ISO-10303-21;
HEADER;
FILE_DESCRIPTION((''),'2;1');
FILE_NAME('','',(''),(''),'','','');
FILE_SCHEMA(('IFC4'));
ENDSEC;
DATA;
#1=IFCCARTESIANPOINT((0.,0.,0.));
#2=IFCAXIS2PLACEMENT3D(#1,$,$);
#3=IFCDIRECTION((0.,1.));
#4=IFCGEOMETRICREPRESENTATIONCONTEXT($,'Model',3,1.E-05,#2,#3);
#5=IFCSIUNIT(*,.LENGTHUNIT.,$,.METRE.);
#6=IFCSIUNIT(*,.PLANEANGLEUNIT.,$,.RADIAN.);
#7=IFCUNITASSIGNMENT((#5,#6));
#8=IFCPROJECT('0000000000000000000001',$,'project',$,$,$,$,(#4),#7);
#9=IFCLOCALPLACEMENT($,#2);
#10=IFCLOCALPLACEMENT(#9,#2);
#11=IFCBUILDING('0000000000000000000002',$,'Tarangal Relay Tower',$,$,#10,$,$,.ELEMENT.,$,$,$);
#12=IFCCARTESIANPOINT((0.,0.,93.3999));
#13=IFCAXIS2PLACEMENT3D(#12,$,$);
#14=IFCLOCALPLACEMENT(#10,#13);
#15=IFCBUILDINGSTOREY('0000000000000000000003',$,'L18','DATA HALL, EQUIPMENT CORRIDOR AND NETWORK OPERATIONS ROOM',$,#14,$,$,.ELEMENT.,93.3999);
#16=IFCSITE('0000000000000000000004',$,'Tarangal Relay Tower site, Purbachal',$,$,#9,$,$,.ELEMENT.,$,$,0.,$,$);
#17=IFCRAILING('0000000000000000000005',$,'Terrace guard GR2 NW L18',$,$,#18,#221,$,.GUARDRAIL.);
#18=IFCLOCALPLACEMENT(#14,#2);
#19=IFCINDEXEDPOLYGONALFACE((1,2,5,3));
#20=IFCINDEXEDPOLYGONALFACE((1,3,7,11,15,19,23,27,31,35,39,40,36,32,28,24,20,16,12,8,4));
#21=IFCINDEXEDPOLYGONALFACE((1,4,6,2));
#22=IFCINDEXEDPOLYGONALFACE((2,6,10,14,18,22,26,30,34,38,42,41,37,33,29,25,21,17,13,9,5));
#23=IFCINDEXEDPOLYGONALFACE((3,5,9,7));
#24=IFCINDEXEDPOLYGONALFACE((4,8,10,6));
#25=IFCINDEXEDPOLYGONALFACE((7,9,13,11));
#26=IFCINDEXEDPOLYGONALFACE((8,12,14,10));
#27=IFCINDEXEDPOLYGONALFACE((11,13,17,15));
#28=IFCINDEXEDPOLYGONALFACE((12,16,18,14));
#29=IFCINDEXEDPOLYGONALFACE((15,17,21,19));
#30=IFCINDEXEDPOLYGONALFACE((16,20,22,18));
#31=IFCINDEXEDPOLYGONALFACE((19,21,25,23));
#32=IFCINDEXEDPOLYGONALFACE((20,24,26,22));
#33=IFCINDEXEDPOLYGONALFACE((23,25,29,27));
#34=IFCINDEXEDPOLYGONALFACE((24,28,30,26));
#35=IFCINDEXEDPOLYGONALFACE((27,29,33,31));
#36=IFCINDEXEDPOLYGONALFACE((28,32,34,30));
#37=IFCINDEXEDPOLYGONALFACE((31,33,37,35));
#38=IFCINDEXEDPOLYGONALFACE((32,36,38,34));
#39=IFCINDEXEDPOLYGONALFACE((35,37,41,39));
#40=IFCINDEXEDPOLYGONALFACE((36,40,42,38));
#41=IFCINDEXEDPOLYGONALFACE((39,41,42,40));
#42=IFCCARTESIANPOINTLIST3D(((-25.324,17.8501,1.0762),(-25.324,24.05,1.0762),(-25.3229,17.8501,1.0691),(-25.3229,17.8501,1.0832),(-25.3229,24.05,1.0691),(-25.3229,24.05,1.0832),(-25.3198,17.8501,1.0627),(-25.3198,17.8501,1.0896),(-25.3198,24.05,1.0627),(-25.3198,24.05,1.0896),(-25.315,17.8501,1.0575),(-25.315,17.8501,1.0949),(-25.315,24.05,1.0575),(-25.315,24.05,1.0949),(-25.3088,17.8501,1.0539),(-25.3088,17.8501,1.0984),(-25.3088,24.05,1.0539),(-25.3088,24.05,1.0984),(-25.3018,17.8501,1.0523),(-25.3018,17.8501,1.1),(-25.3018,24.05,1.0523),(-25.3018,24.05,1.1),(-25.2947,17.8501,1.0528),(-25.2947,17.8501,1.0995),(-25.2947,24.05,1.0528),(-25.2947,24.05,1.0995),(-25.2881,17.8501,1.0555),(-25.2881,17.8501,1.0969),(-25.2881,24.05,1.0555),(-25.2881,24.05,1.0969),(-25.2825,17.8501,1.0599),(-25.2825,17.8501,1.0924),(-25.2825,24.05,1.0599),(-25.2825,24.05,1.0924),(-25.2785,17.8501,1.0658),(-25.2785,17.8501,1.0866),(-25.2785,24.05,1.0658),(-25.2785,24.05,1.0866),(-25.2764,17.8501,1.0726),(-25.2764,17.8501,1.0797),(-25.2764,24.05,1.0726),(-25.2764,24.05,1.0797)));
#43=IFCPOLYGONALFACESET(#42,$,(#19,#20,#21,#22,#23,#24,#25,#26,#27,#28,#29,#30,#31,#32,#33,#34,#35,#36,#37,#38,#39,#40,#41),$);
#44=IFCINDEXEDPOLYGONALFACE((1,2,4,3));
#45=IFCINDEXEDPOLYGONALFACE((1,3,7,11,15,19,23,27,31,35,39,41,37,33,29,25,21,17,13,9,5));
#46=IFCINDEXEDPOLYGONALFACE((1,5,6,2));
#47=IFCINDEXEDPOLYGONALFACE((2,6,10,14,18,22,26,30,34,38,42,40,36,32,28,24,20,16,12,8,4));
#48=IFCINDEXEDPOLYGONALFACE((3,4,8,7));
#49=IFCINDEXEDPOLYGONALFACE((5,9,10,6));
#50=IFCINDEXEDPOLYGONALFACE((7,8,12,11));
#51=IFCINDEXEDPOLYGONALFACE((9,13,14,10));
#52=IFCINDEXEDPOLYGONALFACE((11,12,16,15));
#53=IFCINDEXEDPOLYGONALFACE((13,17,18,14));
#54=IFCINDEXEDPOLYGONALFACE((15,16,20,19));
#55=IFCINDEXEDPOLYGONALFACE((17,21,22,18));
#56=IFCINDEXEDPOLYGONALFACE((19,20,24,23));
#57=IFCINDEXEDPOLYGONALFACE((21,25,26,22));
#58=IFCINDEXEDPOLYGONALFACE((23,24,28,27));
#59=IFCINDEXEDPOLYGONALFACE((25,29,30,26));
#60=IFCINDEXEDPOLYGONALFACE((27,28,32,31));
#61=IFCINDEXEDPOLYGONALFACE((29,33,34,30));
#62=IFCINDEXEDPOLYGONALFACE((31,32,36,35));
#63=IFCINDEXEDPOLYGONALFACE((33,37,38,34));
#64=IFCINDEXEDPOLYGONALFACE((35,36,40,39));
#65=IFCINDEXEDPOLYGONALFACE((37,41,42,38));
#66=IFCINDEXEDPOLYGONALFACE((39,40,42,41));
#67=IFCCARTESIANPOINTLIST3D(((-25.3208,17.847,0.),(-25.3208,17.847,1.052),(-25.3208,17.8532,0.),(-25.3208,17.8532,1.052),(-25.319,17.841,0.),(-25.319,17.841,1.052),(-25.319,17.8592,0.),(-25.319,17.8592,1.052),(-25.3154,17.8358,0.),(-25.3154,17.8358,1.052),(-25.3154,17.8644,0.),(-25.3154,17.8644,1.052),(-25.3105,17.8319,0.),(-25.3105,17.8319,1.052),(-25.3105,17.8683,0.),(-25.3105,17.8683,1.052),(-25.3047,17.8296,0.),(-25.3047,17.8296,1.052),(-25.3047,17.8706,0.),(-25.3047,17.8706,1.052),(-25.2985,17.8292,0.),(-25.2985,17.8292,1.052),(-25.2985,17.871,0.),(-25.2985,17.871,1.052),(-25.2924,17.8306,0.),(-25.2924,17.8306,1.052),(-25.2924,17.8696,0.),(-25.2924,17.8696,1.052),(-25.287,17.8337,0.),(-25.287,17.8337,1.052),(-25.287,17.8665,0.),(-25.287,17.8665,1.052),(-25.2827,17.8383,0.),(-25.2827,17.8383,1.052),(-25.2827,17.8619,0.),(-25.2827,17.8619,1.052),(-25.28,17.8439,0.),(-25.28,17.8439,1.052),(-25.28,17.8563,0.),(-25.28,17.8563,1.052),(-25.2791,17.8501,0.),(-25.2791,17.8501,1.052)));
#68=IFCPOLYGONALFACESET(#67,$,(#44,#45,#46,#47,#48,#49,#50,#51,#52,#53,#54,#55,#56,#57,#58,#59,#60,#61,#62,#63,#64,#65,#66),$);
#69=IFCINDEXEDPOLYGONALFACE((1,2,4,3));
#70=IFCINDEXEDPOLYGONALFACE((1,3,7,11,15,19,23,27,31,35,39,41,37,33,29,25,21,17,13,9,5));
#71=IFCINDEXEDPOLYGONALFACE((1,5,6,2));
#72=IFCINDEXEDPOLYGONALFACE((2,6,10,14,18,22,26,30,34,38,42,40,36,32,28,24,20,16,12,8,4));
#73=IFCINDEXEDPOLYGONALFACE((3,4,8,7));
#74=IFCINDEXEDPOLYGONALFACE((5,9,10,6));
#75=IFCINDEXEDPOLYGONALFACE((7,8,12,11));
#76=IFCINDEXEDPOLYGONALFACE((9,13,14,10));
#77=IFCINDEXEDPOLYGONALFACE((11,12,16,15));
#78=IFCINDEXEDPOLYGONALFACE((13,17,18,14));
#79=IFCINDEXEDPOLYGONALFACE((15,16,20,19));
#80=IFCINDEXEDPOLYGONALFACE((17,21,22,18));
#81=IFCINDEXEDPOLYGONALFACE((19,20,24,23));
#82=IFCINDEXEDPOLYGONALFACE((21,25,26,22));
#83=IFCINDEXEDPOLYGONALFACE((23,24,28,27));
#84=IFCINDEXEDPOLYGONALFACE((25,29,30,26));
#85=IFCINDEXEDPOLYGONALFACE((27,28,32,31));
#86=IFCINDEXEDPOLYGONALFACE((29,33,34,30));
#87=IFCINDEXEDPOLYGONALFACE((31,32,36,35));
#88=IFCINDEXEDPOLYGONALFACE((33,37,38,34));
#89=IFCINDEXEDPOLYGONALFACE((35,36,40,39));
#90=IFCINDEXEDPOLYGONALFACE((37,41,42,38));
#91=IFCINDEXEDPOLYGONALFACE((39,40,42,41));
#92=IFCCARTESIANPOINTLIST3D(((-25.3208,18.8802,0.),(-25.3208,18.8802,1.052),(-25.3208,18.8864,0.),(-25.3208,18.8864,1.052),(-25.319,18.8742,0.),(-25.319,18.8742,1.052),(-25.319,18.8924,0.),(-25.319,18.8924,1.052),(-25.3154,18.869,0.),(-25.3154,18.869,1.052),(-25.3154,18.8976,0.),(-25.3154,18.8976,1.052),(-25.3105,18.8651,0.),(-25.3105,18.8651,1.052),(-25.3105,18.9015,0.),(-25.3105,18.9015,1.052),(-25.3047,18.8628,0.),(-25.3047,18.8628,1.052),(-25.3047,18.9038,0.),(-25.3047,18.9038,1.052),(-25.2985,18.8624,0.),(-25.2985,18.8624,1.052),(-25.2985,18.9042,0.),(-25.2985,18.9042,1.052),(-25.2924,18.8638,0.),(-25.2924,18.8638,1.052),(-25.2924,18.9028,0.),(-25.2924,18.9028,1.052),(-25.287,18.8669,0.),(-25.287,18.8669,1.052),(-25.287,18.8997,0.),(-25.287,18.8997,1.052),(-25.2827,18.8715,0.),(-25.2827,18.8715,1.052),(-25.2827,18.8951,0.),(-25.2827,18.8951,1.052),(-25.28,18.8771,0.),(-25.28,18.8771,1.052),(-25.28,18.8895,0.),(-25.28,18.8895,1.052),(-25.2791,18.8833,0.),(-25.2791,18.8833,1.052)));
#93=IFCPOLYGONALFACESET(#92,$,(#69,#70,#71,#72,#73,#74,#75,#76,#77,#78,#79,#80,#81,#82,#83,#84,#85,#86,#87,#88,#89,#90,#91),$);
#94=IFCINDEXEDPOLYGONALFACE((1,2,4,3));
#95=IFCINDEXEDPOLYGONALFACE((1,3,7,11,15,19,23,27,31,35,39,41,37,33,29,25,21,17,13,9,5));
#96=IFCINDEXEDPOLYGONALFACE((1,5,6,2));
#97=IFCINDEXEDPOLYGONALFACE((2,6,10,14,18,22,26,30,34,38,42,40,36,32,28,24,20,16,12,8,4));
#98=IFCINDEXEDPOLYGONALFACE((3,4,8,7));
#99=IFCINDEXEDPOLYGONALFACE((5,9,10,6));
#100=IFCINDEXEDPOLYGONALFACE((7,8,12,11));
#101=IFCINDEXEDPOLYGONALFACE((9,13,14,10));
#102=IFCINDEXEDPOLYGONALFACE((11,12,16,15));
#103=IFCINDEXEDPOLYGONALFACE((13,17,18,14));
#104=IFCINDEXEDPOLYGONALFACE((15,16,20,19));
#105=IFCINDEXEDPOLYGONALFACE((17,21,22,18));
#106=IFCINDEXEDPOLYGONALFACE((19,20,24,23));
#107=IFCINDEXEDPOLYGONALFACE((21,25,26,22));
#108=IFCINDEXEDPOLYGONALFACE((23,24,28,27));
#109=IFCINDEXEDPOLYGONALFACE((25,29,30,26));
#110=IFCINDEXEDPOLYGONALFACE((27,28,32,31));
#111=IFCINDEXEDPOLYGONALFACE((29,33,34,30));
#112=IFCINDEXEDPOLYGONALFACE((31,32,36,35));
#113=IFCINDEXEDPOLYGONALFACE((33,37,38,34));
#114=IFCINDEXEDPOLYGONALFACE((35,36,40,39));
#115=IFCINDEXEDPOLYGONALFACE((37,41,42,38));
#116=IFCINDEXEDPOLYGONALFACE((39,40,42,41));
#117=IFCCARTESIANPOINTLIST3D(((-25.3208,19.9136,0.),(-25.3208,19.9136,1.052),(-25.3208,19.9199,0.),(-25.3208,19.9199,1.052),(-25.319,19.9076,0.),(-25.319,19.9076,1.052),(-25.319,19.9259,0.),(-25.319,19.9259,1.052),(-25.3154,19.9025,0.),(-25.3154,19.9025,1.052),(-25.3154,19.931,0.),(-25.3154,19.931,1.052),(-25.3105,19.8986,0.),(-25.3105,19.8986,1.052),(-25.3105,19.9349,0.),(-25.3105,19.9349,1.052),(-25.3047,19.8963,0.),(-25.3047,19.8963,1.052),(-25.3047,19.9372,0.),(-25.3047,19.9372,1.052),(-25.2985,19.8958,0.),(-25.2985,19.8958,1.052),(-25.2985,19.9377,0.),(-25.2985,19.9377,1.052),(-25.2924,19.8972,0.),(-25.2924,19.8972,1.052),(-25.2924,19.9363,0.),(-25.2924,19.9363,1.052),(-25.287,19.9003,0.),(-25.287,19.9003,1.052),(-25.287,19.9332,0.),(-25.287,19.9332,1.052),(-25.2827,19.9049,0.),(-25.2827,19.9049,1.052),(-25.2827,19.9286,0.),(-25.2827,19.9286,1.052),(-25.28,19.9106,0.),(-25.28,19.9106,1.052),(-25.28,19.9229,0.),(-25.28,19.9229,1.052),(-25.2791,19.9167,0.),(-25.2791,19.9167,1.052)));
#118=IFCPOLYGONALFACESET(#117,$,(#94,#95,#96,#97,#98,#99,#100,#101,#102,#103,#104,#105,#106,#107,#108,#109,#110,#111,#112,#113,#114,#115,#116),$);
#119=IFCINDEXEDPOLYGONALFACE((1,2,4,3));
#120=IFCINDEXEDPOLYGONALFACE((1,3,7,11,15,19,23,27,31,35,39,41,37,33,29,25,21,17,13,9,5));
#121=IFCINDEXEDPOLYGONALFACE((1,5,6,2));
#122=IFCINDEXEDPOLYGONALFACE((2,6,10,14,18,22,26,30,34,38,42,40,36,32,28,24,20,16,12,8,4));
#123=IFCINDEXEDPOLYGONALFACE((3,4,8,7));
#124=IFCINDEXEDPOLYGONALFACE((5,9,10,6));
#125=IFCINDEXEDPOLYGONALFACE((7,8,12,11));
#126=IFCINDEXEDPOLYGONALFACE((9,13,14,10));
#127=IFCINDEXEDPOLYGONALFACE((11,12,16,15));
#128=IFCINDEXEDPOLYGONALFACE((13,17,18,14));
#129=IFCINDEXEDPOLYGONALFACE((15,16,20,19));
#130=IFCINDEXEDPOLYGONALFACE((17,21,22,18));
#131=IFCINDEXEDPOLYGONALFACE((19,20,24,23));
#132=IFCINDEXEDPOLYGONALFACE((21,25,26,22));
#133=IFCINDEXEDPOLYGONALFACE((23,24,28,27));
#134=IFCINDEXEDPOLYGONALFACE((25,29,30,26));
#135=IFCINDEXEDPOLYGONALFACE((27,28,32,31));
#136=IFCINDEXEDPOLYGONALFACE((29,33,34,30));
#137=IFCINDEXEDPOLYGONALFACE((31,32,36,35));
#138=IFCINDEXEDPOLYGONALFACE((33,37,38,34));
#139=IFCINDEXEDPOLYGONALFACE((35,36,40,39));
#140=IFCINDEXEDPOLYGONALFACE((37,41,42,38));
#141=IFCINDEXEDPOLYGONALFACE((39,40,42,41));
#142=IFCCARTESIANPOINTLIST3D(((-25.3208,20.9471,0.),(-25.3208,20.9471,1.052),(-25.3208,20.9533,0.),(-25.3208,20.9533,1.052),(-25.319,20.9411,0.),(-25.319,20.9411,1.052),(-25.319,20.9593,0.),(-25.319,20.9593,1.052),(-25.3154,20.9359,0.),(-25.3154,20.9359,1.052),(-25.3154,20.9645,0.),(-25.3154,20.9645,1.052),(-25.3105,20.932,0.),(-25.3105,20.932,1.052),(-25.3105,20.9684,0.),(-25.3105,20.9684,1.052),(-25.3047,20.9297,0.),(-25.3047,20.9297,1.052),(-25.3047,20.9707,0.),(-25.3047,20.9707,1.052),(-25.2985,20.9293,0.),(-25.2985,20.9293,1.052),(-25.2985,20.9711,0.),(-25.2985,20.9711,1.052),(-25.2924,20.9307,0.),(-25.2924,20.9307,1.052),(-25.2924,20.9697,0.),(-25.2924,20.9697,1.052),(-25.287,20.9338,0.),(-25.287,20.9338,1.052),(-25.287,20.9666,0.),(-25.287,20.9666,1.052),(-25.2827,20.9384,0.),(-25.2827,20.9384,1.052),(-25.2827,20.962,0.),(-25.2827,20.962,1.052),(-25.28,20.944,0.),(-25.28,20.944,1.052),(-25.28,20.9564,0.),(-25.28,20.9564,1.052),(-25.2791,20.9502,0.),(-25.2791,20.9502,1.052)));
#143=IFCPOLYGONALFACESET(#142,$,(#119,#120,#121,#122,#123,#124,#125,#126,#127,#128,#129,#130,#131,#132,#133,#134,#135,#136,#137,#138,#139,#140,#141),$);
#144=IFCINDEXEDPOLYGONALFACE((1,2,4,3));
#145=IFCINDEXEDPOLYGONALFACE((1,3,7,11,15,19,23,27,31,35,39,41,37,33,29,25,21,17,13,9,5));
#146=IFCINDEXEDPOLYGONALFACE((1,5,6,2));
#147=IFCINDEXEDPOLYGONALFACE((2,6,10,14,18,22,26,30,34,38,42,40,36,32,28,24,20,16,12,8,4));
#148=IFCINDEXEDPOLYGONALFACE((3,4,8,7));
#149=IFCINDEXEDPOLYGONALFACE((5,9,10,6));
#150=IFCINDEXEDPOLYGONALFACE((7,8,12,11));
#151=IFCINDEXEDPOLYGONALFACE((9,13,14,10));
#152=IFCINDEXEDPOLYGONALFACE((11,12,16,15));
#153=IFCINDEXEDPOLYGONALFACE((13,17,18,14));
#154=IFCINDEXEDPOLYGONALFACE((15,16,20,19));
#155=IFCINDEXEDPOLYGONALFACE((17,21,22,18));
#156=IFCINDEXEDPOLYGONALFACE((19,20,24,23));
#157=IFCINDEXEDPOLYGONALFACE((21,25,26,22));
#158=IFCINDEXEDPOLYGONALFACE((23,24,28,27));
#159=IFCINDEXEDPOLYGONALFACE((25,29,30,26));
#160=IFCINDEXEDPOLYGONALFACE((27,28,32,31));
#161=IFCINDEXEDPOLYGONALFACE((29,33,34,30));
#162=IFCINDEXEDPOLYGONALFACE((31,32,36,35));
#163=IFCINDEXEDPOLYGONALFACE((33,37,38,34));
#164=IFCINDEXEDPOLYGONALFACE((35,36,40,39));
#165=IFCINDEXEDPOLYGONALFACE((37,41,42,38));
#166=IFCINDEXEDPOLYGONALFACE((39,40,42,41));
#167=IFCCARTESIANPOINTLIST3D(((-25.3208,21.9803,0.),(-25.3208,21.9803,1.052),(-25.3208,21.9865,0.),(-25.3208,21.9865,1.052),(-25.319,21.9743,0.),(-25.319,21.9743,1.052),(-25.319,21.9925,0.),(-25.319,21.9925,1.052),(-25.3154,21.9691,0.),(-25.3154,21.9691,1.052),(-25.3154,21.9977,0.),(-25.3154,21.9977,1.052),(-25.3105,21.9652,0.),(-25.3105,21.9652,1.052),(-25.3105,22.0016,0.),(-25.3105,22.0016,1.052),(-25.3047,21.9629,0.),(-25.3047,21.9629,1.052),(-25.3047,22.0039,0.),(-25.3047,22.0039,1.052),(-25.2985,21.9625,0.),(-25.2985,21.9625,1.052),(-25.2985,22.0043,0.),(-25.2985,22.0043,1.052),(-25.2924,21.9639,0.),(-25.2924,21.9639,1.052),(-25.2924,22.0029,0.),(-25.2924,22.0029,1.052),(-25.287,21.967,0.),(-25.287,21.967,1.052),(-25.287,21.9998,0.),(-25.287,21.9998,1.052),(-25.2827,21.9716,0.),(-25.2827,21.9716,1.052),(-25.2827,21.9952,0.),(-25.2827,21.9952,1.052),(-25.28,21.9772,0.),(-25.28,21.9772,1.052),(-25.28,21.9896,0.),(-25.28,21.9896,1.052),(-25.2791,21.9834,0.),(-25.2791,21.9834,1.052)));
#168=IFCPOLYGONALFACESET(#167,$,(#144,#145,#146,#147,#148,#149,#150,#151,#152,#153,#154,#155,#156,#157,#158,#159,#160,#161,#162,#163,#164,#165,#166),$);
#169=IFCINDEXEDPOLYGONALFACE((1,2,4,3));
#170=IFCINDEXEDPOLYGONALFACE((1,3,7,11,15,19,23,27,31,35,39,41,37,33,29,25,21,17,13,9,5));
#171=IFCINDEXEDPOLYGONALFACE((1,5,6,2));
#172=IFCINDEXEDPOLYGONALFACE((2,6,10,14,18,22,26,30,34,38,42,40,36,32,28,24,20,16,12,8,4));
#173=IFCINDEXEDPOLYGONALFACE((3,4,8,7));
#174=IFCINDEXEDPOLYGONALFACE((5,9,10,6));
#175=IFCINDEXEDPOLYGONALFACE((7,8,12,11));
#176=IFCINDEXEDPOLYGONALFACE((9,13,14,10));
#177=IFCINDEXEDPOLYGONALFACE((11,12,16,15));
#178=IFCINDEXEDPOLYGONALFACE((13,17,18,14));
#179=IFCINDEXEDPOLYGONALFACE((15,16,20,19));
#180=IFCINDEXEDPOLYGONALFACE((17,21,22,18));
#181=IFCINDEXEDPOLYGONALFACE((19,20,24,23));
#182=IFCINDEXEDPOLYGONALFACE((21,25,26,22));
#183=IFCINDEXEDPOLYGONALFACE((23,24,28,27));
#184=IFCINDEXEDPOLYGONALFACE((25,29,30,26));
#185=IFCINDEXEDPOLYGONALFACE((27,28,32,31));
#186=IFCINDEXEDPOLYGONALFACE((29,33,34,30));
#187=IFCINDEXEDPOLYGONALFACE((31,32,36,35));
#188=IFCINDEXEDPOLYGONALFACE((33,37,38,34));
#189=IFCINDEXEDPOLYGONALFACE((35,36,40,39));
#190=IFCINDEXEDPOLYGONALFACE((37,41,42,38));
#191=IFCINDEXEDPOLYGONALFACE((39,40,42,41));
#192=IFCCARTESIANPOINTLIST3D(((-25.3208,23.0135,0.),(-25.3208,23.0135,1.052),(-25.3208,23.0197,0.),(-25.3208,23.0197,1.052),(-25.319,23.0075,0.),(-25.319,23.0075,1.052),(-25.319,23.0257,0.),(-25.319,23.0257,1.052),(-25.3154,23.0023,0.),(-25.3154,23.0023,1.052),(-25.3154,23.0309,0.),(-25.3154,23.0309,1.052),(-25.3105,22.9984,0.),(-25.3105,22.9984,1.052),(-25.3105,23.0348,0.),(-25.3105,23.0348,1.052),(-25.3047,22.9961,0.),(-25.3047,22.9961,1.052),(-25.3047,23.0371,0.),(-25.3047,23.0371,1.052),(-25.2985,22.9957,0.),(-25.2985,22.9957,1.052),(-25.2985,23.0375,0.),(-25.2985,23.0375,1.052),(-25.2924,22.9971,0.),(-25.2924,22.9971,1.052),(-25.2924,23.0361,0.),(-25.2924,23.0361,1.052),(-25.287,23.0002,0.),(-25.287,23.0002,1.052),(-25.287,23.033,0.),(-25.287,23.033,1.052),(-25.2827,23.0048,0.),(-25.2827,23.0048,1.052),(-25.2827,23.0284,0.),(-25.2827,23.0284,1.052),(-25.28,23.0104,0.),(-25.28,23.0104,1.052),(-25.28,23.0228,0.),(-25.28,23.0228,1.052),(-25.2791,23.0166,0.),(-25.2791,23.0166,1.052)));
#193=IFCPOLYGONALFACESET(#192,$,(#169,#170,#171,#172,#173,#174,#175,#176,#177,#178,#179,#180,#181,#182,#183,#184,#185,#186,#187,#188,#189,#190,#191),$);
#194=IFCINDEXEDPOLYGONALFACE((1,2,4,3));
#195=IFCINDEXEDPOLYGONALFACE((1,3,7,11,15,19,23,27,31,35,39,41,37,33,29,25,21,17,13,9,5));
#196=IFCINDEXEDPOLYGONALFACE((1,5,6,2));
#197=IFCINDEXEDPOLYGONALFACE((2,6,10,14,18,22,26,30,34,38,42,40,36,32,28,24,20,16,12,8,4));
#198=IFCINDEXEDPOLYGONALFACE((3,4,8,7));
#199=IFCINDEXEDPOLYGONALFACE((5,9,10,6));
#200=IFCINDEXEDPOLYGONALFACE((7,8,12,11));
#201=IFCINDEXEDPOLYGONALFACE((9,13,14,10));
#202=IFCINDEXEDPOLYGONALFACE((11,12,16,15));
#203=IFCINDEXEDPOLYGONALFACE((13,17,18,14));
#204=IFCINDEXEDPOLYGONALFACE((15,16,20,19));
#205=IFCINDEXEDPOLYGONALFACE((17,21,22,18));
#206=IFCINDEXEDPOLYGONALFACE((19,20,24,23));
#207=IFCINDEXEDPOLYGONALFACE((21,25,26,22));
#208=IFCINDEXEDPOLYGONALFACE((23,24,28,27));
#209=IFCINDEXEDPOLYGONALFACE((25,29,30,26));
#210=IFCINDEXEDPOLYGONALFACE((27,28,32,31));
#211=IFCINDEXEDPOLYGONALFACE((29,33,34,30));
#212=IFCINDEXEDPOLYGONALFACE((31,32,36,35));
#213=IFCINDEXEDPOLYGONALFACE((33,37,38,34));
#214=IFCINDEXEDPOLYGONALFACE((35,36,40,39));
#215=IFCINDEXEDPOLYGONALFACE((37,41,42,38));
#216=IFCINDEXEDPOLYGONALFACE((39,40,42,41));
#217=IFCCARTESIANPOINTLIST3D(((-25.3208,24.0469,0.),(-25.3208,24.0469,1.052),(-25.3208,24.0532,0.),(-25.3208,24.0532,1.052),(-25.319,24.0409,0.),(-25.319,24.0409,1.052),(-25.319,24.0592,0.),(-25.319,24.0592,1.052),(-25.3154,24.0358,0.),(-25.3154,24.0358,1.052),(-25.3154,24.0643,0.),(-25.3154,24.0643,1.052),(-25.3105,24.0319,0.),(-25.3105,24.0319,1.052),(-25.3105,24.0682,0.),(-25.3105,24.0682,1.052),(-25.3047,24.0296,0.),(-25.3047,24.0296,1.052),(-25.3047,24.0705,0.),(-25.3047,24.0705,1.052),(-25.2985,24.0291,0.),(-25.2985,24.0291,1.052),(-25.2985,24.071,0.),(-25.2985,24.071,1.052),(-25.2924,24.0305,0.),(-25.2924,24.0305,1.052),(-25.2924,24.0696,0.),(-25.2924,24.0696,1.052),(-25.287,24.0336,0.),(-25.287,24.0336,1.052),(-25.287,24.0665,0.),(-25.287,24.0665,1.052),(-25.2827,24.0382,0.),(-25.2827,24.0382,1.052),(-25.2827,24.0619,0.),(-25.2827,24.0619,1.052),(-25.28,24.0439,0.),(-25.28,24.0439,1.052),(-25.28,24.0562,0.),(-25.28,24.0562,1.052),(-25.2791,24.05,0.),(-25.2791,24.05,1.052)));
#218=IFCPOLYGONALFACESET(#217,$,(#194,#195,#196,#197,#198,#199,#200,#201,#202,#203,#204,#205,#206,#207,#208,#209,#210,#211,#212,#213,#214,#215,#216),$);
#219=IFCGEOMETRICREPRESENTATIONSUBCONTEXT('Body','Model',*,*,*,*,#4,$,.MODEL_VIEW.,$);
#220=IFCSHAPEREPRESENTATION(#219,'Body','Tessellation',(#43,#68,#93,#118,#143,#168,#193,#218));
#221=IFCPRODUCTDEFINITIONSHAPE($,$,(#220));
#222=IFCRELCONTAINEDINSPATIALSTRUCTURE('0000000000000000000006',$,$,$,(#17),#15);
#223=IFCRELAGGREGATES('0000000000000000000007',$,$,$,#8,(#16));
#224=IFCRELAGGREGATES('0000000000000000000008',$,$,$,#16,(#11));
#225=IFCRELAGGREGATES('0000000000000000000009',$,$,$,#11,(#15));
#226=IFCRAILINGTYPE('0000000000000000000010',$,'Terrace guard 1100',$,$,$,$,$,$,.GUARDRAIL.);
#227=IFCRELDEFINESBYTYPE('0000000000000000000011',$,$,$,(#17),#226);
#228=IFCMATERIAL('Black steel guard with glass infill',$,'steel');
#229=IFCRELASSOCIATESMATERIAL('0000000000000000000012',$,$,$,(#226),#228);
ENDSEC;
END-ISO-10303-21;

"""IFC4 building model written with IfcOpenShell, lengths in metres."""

from ifc_helpers import new_model, si_unit, direction, frame, origin, origin_2d, place, context, subcontext, project, spatial, circle, extrude, material, type_object, element, save


model = new_model("IFC4")

# Units and contexts
model_context = context("Model", 3, precision=1e-05, world=origin(), true_north=direction((0.0, 1.0)))
body_context = subcontext(model_context, "Body", "Model", "MODEL_VIEW")
ifc_project = project(units=[si_unit("LENGTHUNIT", "METRE"), si_unit("PLANEANGLEUNIT", "RADIAN")], contexts=[model_context])

# Site, building, storey
site_placement = place(None, origin())
site = spatial("IfcSite", under=ifc_project, at=site_placement, Name="Tarangal Relay Tower site, Purbachal", CompositionType="ELEMENT", RefElevation=0.0)
building_placement = place(site_placement, origin())
building = spatial("IfcBuilding", under=site, at=building_placement, Name="Tarangal Relay Tower", CompositionType="ELEMENT")
storey_placement = place(building_placement, frame((0.0, 0.0, 93.3999)))
storey = spatial("IfcBuildingStorey", under=building, at=storey_placement, Name="L18", Description="DATA HALL, EQUIPMENT CORRIDOR AND NETWORK OPERATIONS ROOM", CompositionType="ELEMENT", Elevation=93.3999)

# Railing
ifc_material_1 = material(Name="Black steel guard with glass infill", Category="steel")
railing_type = type_object("IfcRailingType", Name="Terrace guard 1100", PredefinedType="GUARDRAIL", material=ifc_material_1)
railing_1_placement = place(storey_placement, frame((-25.3, 17.8501, 0.0)))
element("IfcRailing", 1, at=railing_1_placement, inside=storey, type_object=railing_type, Name="Terrace guard GR2 NW L18", PredefinedType="GUARDRAIL", context=body_context, shape_type="SweptSolid", body=[
    extrude(circle(Radius=0.0239, at=origin_2d()), frame((0.0, 0.0, 1.0762), z_axis=(0.0, 1.0, 0.0), x_axis=(-1.0, 0.0, 0.0)), (0.0, 0.0, 1.0), 6.2),
    extrude(circle(Radius=0.021, at=origin_2d()), origin(), (0.0, 0.0, 1.0), 1.052),
    extrude(circle(Radius=0.021, at=origin_2d()), frame((0.0, 1.0332, 0.0)), (0.0, 0.0, 1.0), 1.052),
    extrude(circle(Radius=0.021, at=origin_2d()), frame((0.0, 2.0667, 0.0)), (0.0, 0.0, 1.0), 1.052),
    extrude(circle(Radius=0.021, at=origin_2d()), frame((0.0, 3.1001, 0.0)), (0.0, 0.0, 1.0), 1.052),
    extrude(circle(Radius=0.021, at=origin_2d()), frame((0.0, 4.1333, 0.0)), (0.0, 0.0, 1.0), 1.052),
    extrude(circle(Radius=0.021, at=origin_2d()), frame((0.0, 5.1665, 0.0)), (0.0, 0.0, 1.0), 1.052),
    extrude(circle(Radius=0.021, at=origin_2d()), frame((0.0, 6.2, 0.0)), (0.0, 0.0, 1.0), 1.052),
])

save(model, "model.ifc")
